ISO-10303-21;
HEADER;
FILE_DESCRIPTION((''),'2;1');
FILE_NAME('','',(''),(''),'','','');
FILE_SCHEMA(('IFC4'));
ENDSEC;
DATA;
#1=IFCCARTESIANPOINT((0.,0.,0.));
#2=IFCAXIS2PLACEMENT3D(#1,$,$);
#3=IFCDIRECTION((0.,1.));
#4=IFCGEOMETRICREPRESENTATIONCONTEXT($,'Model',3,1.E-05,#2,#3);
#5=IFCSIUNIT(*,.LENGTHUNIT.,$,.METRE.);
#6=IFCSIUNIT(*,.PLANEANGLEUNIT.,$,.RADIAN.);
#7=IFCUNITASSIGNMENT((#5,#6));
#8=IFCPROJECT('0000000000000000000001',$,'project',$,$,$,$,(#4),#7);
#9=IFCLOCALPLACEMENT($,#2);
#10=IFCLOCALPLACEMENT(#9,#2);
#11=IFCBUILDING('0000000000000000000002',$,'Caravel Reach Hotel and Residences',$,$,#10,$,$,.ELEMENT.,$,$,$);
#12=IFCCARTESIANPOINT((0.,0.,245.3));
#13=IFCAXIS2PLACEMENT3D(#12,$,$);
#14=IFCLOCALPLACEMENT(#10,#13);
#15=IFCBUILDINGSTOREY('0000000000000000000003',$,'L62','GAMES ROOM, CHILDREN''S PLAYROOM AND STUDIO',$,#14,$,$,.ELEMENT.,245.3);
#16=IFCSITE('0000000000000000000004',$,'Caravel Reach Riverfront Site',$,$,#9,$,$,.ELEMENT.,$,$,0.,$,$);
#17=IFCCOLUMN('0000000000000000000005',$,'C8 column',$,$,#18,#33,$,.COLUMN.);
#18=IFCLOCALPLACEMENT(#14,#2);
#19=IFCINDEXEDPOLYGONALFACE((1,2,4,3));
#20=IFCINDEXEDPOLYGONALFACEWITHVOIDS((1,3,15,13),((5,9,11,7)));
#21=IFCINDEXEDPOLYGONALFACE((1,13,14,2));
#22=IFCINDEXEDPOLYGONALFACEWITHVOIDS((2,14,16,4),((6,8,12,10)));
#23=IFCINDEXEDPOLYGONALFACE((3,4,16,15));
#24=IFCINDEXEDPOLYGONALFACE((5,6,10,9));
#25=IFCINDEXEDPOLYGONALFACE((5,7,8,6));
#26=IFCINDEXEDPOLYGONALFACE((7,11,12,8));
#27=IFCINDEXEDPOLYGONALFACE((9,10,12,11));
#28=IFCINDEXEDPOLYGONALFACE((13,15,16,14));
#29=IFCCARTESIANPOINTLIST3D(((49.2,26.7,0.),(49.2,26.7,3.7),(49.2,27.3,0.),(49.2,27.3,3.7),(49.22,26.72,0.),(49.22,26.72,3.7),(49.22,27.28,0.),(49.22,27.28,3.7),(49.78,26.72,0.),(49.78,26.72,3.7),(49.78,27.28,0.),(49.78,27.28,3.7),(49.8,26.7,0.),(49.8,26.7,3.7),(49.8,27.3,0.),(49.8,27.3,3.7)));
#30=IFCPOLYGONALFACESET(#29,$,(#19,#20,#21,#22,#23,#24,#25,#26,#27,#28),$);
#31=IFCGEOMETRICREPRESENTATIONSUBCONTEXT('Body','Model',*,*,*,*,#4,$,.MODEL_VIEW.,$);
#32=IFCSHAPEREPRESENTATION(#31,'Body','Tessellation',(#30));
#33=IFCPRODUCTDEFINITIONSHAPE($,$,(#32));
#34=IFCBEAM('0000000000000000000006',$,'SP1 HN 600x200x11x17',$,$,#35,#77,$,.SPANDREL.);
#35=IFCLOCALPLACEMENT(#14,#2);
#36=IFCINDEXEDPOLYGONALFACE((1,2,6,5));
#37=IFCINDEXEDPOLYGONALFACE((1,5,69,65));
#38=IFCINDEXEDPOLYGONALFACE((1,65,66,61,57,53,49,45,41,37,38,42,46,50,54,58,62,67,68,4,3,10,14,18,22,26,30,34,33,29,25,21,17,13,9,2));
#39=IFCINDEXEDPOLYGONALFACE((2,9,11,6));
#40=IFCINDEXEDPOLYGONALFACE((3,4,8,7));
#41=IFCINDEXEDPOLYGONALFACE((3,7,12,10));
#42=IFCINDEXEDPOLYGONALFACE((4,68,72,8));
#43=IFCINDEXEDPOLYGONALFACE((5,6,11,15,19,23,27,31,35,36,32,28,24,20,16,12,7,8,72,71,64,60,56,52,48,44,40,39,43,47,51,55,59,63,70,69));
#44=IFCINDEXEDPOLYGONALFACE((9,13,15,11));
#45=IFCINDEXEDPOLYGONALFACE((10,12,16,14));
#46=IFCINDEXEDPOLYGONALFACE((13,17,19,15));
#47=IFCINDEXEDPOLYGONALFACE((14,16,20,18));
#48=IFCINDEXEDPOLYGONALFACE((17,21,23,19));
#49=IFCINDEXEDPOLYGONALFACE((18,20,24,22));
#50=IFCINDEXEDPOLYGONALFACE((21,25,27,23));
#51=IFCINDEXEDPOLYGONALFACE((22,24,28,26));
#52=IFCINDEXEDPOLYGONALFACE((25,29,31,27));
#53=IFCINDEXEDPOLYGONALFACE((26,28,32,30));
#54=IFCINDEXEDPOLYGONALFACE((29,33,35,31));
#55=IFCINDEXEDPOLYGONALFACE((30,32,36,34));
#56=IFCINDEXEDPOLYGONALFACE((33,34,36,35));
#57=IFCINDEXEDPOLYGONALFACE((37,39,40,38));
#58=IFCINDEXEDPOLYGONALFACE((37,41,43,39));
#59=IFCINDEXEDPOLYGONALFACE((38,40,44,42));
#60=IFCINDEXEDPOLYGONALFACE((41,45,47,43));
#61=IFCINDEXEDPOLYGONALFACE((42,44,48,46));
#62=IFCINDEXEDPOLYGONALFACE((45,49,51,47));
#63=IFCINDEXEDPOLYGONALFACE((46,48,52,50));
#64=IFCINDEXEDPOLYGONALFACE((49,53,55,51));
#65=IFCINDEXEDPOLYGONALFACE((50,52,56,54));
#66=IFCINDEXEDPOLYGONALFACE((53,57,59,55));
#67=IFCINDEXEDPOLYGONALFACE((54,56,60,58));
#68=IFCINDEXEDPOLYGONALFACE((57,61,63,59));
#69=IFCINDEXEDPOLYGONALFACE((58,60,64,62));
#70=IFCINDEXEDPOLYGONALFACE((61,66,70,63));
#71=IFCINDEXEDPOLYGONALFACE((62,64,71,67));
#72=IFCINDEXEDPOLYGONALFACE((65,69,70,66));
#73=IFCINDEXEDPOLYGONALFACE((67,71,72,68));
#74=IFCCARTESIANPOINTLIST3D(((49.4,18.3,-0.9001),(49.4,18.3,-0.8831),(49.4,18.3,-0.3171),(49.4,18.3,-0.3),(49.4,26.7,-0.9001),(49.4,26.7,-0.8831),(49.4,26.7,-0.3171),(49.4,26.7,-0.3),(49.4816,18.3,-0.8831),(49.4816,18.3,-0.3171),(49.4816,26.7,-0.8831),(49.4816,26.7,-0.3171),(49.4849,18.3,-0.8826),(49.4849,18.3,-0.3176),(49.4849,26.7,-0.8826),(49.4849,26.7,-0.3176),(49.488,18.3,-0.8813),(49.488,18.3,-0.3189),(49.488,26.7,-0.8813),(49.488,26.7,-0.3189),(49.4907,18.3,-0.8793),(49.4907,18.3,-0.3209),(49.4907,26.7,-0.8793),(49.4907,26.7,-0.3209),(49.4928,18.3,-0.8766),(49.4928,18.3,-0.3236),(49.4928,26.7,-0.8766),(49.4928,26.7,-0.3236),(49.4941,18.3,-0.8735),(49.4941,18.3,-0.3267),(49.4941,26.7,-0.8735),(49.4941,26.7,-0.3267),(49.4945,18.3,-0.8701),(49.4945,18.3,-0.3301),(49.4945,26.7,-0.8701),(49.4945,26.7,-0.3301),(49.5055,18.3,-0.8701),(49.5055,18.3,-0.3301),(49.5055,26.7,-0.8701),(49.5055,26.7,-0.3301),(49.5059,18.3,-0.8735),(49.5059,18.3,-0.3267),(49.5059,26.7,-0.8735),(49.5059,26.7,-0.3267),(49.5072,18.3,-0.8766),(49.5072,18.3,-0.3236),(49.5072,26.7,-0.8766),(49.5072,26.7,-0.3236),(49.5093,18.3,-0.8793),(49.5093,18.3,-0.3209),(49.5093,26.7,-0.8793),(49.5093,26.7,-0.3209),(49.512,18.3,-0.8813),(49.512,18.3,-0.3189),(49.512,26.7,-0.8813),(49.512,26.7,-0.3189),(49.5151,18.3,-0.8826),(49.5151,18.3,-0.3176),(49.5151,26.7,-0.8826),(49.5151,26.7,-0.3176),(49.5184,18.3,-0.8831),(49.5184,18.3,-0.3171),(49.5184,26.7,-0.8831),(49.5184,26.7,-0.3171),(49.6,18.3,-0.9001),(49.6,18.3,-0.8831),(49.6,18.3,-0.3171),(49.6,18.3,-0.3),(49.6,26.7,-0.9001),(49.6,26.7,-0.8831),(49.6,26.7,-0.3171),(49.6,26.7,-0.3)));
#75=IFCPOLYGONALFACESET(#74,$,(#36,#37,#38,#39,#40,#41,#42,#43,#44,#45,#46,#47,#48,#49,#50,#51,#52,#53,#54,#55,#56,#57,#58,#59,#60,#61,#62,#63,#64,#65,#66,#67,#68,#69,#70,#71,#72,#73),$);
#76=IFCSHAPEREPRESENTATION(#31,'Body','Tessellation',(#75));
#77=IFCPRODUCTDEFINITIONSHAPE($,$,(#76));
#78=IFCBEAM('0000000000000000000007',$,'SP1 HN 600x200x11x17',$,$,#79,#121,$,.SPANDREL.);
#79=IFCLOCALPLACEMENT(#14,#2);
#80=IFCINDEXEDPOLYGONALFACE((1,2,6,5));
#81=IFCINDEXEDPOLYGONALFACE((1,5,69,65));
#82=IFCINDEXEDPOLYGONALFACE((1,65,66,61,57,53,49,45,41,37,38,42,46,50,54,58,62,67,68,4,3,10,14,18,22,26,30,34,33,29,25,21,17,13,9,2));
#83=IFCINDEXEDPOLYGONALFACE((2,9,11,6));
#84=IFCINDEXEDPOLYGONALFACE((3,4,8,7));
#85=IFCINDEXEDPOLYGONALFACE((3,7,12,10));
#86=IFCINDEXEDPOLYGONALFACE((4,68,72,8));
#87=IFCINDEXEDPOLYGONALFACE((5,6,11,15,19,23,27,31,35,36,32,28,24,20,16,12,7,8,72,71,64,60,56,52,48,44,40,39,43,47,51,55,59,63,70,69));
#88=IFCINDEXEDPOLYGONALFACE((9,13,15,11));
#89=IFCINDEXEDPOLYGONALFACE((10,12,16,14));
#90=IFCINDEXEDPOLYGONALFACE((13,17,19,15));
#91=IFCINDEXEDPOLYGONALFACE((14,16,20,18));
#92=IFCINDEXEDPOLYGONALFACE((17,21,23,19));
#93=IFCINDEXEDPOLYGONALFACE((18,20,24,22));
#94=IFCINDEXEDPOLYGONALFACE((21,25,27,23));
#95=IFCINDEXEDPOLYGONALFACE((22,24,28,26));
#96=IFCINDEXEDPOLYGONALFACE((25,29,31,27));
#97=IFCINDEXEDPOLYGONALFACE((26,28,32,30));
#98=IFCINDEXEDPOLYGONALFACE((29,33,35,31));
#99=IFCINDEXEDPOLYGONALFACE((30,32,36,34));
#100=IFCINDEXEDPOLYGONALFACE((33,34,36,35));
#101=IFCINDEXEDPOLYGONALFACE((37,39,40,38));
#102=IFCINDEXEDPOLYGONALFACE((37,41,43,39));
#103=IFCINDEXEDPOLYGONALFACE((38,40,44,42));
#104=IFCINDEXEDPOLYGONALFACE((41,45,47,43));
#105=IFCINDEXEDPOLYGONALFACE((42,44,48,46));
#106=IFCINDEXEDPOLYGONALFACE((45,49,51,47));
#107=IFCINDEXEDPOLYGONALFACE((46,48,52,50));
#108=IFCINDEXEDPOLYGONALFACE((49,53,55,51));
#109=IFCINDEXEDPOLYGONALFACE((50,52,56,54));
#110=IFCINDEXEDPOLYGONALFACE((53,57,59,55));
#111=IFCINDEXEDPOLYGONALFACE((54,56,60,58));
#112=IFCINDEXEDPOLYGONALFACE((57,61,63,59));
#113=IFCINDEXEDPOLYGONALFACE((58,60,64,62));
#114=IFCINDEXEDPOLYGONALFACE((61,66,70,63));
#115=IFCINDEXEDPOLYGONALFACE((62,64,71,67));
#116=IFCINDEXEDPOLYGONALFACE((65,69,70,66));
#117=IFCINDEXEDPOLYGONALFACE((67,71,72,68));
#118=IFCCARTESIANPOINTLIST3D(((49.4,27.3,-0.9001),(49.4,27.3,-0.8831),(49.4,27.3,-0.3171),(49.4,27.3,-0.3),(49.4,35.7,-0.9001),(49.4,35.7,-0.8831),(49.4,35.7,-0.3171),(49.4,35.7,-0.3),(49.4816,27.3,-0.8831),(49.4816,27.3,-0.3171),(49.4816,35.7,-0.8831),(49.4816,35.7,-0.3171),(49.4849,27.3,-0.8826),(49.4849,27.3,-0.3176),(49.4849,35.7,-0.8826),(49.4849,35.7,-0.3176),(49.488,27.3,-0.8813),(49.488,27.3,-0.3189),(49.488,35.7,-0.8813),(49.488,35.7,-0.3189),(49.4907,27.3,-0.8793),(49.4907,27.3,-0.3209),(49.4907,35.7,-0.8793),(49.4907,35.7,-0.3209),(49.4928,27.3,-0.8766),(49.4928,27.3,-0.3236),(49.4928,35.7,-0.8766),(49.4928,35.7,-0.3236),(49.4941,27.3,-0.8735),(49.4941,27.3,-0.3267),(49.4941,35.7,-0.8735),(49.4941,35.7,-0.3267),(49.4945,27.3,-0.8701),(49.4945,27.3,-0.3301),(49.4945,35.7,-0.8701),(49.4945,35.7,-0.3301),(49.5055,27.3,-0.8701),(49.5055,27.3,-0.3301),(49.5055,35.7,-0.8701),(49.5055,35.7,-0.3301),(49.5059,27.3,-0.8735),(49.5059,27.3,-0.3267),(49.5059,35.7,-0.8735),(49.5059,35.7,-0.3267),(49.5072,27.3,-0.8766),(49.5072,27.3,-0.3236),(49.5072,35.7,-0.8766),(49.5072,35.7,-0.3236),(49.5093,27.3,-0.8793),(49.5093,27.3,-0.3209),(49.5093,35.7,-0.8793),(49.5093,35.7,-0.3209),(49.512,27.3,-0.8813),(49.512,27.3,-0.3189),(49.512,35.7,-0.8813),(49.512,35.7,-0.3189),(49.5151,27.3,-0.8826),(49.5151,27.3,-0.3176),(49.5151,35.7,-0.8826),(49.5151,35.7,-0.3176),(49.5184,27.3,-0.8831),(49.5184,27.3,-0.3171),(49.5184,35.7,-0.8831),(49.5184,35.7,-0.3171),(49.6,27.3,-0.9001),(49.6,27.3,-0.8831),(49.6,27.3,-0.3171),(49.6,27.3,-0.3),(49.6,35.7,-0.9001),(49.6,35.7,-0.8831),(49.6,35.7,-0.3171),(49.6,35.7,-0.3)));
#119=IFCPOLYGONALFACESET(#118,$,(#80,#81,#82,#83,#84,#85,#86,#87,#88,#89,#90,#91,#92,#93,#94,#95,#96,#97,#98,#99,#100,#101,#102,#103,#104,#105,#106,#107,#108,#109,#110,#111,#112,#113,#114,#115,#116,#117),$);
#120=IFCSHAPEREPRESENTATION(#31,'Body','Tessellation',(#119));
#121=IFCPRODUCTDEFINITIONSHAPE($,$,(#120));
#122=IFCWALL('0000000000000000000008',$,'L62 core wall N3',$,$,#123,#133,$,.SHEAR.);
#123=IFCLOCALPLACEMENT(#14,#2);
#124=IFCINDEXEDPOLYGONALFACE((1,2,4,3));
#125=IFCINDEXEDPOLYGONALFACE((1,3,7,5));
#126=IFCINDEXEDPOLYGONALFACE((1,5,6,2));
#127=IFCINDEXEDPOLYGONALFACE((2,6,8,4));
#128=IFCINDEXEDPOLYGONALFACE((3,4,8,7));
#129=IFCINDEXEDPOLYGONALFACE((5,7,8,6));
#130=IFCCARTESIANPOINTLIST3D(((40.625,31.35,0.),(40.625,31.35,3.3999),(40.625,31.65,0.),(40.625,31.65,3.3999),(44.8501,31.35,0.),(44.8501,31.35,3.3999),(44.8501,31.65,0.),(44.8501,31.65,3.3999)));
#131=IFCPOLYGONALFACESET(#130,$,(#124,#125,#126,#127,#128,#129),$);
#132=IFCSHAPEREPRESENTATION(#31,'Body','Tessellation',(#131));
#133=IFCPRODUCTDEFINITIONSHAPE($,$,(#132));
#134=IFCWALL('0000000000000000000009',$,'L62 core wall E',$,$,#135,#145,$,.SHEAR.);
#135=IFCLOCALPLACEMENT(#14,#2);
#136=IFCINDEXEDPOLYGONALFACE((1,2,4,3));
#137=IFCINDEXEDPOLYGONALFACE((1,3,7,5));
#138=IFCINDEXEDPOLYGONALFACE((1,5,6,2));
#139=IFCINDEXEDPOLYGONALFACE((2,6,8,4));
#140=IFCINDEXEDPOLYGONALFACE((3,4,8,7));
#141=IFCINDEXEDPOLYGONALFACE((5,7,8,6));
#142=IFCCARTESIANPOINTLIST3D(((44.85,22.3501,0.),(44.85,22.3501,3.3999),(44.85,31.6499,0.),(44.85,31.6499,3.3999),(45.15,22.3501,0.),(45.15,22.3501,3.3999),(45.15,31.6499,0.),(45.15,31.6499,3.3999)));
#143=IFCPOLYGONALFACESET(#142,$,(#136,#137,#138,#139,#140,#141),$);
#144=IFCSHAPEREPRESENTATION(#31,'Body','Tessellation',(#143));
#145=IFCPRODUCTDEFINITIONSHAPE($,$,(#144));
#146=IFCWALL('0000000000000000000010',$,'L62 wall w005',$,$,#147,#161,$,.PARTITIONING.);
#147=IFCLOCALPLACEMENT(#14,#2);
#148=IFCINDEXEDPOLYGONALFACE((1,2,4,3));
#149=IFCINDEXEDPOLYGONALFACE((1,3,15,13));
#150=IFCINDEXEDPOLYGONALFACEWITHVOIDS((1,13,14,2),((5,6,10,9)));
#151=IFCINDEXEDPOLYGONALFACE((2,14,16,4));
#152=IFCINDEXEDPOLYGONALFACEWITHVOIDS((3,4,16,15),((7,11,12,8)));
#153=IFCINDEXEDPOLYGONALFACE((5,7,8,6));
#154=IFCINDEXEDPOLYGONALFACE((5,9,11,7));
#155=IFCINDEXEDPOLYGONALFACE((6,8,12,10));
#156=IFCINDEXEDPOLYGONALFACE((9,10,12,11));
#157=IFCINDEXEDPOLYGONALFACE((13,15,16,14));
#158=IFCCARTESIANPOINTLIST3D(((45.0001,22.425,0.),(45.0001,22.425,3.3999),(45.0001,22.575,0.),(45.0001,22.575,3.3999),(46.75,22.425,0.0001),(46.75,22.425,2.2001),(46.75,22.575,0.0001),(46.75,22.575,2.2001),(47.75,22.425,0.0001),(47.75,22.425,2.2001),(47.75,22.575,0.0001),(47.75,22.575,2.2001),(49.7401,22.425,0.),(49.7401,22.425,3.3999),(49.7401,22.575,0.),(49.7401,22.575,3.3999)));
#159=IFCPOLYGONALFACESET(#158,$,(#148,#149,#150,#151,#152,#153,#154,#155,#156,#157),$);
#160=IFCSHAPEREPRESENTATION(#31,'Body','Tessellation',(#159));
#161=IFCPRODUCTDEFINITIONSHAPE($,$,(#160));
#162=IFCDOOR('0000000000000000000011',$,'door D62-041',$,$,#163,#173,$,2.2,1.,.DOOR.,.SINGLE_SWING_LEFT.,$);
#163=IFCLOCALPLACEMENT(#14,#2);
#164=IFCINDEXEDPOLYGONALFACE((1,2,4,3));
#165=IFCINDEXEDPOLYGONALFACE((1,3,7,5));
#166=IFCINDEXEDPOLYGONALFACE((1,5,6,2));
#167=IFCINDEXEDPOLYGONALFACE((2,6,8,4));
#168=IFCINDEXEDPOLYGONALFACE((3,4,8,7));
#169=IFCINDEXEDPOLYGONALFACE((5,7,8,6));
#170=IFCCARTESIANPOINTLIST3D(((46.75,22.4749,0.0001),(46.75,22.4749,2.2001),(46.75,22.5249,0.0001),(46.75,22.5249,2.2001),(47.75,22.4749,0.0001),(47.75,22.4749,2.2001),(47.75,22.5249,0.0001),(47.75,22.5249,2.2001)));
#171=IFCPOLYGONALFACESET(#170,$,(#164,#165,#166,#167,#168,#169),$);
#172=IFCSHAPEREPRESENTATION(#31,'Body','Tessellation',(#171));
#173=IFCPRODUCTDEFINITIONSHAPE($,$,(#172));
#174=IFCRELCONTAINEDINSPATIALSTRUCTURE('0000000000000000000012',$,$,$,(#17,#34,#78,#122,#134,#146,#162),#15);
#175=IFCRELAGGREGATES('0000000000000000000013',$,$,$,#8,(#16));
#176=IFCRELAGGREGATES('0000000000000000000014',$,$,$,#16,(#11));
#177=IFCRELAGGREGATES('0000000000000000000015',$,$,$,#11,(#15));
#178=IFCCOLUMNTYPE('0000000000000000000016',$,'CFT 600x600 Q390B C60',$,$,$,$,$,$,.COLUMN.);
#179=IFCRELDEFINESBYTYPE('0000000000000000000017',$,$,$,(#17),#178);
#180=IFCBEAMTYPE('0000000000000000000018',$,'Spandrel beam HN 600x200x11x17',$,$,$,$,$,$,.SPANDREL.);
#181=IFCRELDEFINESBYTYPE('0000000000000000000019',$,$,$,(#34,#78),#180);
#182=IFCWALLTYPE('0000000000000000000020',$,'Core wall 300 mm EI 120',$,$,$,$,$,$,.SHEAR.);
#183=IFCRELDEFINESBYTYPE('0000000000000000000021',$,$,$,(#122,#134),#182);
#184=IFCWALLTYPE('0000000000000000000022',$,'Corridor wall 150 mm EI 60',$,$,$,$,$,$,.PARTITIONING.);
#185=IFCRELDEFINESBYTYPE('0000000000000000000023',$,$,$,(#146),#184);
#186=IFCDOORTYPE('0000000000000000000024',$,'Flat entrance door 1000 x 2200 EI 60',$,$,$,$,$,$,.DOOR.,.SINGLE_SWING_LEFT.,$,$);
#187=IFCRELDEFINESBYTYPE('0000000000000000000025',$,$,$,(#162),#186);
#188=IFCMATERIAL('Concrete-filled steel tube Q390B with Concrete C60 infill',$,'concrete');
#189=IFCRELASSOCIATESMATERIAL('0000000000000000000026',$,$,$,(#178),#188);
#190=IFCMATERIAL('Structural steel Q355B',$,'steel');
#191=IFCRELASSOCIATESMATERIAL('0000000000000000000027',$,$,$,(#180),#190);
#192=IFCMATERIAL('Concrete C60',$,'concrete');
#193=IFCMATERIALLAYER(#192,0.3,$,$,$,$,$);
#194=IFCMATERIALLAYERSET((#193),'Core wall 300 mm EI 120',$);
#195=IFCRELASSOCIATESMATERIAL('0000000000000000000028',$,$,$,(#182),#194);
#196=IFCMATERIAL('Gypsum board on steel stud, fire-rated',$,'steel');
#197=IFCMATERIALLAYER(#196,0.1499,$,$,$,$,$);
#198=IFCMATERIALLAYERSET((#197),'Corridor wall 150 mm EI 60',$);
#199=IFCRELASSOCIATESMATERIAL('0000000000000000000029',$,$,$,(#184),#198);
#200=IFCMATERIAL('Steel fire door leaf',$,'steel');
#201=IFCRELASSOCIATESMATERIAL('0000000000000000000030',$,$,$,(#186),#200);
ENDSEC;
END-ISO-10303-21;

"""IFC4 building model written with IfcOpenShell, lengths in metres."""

from ifc_helpers import new_model, si_unit, direction, frame, frame_2d, origin, origin_2d, place, context, subcontext, project, spatial, rectangle, hollow_rectangle, i_section, extrude, material, layer, layer_set, material_profile, profile_set, type_object, element, fill, save


model = new_model("IFC4")

# Units and contexts
model_context = context("Model", 3, precision=1e-05, world=origin(), true_north=direction((0.0, 1.0)))
body_context = subcontext(model_context, "Body", "Model", "MODEL_VIEW")
ifc_project = project(units=[si_unit("LENGTHUNIT", "METRE"), si_unit("PLANEANGLEUNIT", "RADIAN")], contexts=[model_context])

# Site, building, storey
site_placement = place(None, origin())
site = spatial("IfcSite", under=ifc_project, at=site_placement, Name="Caravel Reach Riverfront Site", CompositionType="ELEMENT", RefElevation=0.0)
building_placement = place(site_placement, origin())
building = spatial("IfcBuilding", under=site, at=building_placement, Name="Caravel Reach Hotel and Residences", CompositionType="ELEMENT")
storey_placement = place(building_placement, frame((0.0, 0.0, 245.3)))
storey = spatial("IfcBuildingStorey", under=building, at=storey_placement, Name="L62", Description="GAMES ROOM, CHILDREN'S PLAYROOM AND STUDIO", CompositionType="ELEMENT", Elevation=245.3)

# Column
ifc_material_1 = material(Name="Concrete-filled steel tube Q390B with Concrete C60 infill", Category="concrete")
ifc_material_profile_1 = material_profile(ifc_material_1, hollow_rectangle(XDim=0.6001, YDim=0.6001, WallThickness=0.02, at=origin_2d()), Name="RHS 600x600x20")
ifc_profile_set_1 = profile_set([ifc_material_profile_1], Name="Concrete-filled steel tube Q390B with Concrete C60 infill")
column_type = type_object("IfcColumnType", Name="CFT 600x600 Q390B C60", PredefinedType="COLUMN", material=ifc_profile_set_1)
column_placement = place(storey_placement, frame((49.5, 27.0, 0.0), z_axis=(0.0, 0.0, 1.0), x_axis=(1.0, 0.0, 0.0)))
element("IfcColumn", 1, at=column_placement, inside=storey, type_object=column_type, Name="C8 column", PredefinedType="COLUMN", context=body_context, shape_type="SweptSolid", body=[
    extrude(hollow_rectangle(XDim=0.6001, YDim=0.6001, WallThickness=0.02, at=origin_2d()), origin(), (0.0, 0.0, 1.0), 3.7),
])

# Beams
ifc_material_2 = material(Name="Structural steel Q355B", Category="steel")
ifc_material_profile_2 = material_profile(ifc_material_2, i_section(OverallWidth=0.2, OverallDepth=0.6001, WebThickness=0.011, FlangeThickness=0.0171, FilletRadius=0.0129, at=origin_2d()), Name="HN 600x200x11x17")
ifc_profile_set_2 = profile_set([ifc_material_profile_2], Name="Structural steel Q355B")
beam_type = type_object("IfcBeamType", Name="Spandrel beam HN 600x200x11x17", PredefinedType="SPANDREL", material=ifc_profile_set_2)
for number, where, z_axis, x_axis, name in (
    (2, (49.5, 18.3, -0.6001), (0.0, 1.0, 0.0), (-1.0, 0.0, 0.0), "SP1 HN 600x200x11x17"),
    (3, (49.5, 27.3, -0.6001), (0.0, 1.0, 0.0), (-1.0, 0.0, 0.0), "SP1 HN 600x200x11x17"),
):
    element("IfcBeam", number, at=place(storey_placement, frame(where, z_axis=z_axis, x_axis=x_axis)), inside=storey, type_object=beam_type, Name=name, PredefinedType="SPANDREL", context=body_context, shape_type="SweptSolid", body=[
        extrude(i_section(OverallWidth=0.2, OverallDepth=0.6001, WebThickness=0.011, FlangeThickness=0.0171, FilletRadius=0.0129, at=origin_2d()), origin(), (0.0, 0.0, 1.0), 8.3999),
    ])

# Walls
ifc_material_3 = material(Name="Concrete C60", Category="concrete")
ifc_layer_1 = layer(ifc_material_3, 0.3)
ifc_layer_set_1 = layer_set([ifc_layer_1], Name="Core wall 300 mm EI 120")
wall_type_1 = type_object("IfcWallType", Name="Core wall 300 mm EI 120", PredefinedType="SHEAR", material=ifc_layer_set_1)
wall_1_placement = place(storey_placement, frame((40.625, 31.5, 0.0), z_axis=(0.0, 0.0, 1.0), x_axis=(1.0, 0.0, 0.0)))
element("IfcWall", 4, at=wall_1_placement, inside=storey, type_object=wall_type_1, Name="L62 core wall N3", PredefinedType="SHEAR", context=body_context, shape_type="SweptSolid", body=[
    extrude(rectangle(XDim=4.2251, YDim=0.3, at=frame_2d((2.1125, 0.0))), origin(), (0.0, 0.0, 1.0), 3.3999),
])
wall_2_placement = place(storey_placement, frame((45.0, 22.3501, 0.0), z_axis=(0.0, 0.0, 1.0), x_axis=(0.0, 1.0, 0.0)))
element("IfcWall", 5, at=wall_2_placement, inside=storey, type_object=wall_type_1, Name="L62 core wall E", PredefinedType="SHEAR", context=body_context, shape_type="SweptSolid", body=[
    extrude(rectangle(XDim=9.2998, YDim=0.3, at=frame_2d((4.6499, 0.0))), origin(), (0.0, 0.0, 1.0), 3.3999),
])

# Wall, opening, door
ifc_material_4 = material(Name="Gypsum board on steel stud, fire-rated", Category="steel")
ifc_layer_2 = layer(ifc_material_4, 0.1499)
ifc_layer_set_2 = layer_set([ifc_layer_2], Name="Corridor wall 150 mm EI 60")
wall_type_2 = type_object("IfcWallType", Name="Corridor wall 150 mm EI 60", PredefinedType="PARTITIONING", material=ifc_layer_set_2)
wall_3_placement = place(storey_placement, frame((45.0, 22.5, 0.0), z_axis=(0.0, 0.0, 1.0), x_axis=(1.0, 0.0, 0.0)))
wall_3 = element("IfcWall", 6, at=wall_3_placement, inside=storey, type_object=wall_type_2, Name="L62 wall w005", PredefinedType="PARTITIONING", context=body_context, shape_type="SweptSolid", body=[
    extrude(rectangle(XDim=4.74, YDim=0.1499, at=frame_2d((2.3701, 0.0))), origin(), (0.0, 0.0, 1.0), 3.3999),
])
opening_1_placement = place(wall_3_placement, frame((1.75, 0.0, 0.0)))
opening_1 = element("IfcOpeningElement", 7, at=opening_1_placement, cuts=wall_3, PredefinedType="OPENING", context=body_context, shape_type="SweptSolid", body=[
    extrude(rectangle(XDim=1.0, YDim=2.2, at=frame_2d((0.5, 1.1001))), frame((0.0, 0.085, 0.0), z_axis=(0.0, -1.0, 0.0), x_axis=(1.0, 0.0, 0.0)), (0.0, 0.0, 1.0), 0.1699),
])
ifc_material_5 = material(Name="Steel fire door leaf", Category="steel")
door_type = type_object("IfcDoorType", Name="Flat entrance door 1000 x 2200 EI 60", OperationType="SINGLE_SWING_LEFT", PredefinedType="DOOR", material=ifc_material_5)
door_placement = place(opening_1_placement, origin())
door = element("IfcDoor", 8, at=door_placement, inside=storey, type_object=door_type, Name="door D62-041", OperationType="SINGLE_SWING_LEFT", OverallHeight=2.2, OverallWidth=1.0, PredefinedType="DOOR", context=body_context, shape_type="SweptSolid", body=[
    extrude(rectangle(XDim=1.0, YDim=2.2, at=frame_2d((0.5, 1.1001))), frame((0.0, 0.0249, 0.0), z_axis=(0.0, -1.0, 0.0), x_axis=(1.0, 0.0, 0.0)), (0.0, 0.0, 1.0), 0.05),
])
fill(opening_1, door)

save(model, "model.ifc")
